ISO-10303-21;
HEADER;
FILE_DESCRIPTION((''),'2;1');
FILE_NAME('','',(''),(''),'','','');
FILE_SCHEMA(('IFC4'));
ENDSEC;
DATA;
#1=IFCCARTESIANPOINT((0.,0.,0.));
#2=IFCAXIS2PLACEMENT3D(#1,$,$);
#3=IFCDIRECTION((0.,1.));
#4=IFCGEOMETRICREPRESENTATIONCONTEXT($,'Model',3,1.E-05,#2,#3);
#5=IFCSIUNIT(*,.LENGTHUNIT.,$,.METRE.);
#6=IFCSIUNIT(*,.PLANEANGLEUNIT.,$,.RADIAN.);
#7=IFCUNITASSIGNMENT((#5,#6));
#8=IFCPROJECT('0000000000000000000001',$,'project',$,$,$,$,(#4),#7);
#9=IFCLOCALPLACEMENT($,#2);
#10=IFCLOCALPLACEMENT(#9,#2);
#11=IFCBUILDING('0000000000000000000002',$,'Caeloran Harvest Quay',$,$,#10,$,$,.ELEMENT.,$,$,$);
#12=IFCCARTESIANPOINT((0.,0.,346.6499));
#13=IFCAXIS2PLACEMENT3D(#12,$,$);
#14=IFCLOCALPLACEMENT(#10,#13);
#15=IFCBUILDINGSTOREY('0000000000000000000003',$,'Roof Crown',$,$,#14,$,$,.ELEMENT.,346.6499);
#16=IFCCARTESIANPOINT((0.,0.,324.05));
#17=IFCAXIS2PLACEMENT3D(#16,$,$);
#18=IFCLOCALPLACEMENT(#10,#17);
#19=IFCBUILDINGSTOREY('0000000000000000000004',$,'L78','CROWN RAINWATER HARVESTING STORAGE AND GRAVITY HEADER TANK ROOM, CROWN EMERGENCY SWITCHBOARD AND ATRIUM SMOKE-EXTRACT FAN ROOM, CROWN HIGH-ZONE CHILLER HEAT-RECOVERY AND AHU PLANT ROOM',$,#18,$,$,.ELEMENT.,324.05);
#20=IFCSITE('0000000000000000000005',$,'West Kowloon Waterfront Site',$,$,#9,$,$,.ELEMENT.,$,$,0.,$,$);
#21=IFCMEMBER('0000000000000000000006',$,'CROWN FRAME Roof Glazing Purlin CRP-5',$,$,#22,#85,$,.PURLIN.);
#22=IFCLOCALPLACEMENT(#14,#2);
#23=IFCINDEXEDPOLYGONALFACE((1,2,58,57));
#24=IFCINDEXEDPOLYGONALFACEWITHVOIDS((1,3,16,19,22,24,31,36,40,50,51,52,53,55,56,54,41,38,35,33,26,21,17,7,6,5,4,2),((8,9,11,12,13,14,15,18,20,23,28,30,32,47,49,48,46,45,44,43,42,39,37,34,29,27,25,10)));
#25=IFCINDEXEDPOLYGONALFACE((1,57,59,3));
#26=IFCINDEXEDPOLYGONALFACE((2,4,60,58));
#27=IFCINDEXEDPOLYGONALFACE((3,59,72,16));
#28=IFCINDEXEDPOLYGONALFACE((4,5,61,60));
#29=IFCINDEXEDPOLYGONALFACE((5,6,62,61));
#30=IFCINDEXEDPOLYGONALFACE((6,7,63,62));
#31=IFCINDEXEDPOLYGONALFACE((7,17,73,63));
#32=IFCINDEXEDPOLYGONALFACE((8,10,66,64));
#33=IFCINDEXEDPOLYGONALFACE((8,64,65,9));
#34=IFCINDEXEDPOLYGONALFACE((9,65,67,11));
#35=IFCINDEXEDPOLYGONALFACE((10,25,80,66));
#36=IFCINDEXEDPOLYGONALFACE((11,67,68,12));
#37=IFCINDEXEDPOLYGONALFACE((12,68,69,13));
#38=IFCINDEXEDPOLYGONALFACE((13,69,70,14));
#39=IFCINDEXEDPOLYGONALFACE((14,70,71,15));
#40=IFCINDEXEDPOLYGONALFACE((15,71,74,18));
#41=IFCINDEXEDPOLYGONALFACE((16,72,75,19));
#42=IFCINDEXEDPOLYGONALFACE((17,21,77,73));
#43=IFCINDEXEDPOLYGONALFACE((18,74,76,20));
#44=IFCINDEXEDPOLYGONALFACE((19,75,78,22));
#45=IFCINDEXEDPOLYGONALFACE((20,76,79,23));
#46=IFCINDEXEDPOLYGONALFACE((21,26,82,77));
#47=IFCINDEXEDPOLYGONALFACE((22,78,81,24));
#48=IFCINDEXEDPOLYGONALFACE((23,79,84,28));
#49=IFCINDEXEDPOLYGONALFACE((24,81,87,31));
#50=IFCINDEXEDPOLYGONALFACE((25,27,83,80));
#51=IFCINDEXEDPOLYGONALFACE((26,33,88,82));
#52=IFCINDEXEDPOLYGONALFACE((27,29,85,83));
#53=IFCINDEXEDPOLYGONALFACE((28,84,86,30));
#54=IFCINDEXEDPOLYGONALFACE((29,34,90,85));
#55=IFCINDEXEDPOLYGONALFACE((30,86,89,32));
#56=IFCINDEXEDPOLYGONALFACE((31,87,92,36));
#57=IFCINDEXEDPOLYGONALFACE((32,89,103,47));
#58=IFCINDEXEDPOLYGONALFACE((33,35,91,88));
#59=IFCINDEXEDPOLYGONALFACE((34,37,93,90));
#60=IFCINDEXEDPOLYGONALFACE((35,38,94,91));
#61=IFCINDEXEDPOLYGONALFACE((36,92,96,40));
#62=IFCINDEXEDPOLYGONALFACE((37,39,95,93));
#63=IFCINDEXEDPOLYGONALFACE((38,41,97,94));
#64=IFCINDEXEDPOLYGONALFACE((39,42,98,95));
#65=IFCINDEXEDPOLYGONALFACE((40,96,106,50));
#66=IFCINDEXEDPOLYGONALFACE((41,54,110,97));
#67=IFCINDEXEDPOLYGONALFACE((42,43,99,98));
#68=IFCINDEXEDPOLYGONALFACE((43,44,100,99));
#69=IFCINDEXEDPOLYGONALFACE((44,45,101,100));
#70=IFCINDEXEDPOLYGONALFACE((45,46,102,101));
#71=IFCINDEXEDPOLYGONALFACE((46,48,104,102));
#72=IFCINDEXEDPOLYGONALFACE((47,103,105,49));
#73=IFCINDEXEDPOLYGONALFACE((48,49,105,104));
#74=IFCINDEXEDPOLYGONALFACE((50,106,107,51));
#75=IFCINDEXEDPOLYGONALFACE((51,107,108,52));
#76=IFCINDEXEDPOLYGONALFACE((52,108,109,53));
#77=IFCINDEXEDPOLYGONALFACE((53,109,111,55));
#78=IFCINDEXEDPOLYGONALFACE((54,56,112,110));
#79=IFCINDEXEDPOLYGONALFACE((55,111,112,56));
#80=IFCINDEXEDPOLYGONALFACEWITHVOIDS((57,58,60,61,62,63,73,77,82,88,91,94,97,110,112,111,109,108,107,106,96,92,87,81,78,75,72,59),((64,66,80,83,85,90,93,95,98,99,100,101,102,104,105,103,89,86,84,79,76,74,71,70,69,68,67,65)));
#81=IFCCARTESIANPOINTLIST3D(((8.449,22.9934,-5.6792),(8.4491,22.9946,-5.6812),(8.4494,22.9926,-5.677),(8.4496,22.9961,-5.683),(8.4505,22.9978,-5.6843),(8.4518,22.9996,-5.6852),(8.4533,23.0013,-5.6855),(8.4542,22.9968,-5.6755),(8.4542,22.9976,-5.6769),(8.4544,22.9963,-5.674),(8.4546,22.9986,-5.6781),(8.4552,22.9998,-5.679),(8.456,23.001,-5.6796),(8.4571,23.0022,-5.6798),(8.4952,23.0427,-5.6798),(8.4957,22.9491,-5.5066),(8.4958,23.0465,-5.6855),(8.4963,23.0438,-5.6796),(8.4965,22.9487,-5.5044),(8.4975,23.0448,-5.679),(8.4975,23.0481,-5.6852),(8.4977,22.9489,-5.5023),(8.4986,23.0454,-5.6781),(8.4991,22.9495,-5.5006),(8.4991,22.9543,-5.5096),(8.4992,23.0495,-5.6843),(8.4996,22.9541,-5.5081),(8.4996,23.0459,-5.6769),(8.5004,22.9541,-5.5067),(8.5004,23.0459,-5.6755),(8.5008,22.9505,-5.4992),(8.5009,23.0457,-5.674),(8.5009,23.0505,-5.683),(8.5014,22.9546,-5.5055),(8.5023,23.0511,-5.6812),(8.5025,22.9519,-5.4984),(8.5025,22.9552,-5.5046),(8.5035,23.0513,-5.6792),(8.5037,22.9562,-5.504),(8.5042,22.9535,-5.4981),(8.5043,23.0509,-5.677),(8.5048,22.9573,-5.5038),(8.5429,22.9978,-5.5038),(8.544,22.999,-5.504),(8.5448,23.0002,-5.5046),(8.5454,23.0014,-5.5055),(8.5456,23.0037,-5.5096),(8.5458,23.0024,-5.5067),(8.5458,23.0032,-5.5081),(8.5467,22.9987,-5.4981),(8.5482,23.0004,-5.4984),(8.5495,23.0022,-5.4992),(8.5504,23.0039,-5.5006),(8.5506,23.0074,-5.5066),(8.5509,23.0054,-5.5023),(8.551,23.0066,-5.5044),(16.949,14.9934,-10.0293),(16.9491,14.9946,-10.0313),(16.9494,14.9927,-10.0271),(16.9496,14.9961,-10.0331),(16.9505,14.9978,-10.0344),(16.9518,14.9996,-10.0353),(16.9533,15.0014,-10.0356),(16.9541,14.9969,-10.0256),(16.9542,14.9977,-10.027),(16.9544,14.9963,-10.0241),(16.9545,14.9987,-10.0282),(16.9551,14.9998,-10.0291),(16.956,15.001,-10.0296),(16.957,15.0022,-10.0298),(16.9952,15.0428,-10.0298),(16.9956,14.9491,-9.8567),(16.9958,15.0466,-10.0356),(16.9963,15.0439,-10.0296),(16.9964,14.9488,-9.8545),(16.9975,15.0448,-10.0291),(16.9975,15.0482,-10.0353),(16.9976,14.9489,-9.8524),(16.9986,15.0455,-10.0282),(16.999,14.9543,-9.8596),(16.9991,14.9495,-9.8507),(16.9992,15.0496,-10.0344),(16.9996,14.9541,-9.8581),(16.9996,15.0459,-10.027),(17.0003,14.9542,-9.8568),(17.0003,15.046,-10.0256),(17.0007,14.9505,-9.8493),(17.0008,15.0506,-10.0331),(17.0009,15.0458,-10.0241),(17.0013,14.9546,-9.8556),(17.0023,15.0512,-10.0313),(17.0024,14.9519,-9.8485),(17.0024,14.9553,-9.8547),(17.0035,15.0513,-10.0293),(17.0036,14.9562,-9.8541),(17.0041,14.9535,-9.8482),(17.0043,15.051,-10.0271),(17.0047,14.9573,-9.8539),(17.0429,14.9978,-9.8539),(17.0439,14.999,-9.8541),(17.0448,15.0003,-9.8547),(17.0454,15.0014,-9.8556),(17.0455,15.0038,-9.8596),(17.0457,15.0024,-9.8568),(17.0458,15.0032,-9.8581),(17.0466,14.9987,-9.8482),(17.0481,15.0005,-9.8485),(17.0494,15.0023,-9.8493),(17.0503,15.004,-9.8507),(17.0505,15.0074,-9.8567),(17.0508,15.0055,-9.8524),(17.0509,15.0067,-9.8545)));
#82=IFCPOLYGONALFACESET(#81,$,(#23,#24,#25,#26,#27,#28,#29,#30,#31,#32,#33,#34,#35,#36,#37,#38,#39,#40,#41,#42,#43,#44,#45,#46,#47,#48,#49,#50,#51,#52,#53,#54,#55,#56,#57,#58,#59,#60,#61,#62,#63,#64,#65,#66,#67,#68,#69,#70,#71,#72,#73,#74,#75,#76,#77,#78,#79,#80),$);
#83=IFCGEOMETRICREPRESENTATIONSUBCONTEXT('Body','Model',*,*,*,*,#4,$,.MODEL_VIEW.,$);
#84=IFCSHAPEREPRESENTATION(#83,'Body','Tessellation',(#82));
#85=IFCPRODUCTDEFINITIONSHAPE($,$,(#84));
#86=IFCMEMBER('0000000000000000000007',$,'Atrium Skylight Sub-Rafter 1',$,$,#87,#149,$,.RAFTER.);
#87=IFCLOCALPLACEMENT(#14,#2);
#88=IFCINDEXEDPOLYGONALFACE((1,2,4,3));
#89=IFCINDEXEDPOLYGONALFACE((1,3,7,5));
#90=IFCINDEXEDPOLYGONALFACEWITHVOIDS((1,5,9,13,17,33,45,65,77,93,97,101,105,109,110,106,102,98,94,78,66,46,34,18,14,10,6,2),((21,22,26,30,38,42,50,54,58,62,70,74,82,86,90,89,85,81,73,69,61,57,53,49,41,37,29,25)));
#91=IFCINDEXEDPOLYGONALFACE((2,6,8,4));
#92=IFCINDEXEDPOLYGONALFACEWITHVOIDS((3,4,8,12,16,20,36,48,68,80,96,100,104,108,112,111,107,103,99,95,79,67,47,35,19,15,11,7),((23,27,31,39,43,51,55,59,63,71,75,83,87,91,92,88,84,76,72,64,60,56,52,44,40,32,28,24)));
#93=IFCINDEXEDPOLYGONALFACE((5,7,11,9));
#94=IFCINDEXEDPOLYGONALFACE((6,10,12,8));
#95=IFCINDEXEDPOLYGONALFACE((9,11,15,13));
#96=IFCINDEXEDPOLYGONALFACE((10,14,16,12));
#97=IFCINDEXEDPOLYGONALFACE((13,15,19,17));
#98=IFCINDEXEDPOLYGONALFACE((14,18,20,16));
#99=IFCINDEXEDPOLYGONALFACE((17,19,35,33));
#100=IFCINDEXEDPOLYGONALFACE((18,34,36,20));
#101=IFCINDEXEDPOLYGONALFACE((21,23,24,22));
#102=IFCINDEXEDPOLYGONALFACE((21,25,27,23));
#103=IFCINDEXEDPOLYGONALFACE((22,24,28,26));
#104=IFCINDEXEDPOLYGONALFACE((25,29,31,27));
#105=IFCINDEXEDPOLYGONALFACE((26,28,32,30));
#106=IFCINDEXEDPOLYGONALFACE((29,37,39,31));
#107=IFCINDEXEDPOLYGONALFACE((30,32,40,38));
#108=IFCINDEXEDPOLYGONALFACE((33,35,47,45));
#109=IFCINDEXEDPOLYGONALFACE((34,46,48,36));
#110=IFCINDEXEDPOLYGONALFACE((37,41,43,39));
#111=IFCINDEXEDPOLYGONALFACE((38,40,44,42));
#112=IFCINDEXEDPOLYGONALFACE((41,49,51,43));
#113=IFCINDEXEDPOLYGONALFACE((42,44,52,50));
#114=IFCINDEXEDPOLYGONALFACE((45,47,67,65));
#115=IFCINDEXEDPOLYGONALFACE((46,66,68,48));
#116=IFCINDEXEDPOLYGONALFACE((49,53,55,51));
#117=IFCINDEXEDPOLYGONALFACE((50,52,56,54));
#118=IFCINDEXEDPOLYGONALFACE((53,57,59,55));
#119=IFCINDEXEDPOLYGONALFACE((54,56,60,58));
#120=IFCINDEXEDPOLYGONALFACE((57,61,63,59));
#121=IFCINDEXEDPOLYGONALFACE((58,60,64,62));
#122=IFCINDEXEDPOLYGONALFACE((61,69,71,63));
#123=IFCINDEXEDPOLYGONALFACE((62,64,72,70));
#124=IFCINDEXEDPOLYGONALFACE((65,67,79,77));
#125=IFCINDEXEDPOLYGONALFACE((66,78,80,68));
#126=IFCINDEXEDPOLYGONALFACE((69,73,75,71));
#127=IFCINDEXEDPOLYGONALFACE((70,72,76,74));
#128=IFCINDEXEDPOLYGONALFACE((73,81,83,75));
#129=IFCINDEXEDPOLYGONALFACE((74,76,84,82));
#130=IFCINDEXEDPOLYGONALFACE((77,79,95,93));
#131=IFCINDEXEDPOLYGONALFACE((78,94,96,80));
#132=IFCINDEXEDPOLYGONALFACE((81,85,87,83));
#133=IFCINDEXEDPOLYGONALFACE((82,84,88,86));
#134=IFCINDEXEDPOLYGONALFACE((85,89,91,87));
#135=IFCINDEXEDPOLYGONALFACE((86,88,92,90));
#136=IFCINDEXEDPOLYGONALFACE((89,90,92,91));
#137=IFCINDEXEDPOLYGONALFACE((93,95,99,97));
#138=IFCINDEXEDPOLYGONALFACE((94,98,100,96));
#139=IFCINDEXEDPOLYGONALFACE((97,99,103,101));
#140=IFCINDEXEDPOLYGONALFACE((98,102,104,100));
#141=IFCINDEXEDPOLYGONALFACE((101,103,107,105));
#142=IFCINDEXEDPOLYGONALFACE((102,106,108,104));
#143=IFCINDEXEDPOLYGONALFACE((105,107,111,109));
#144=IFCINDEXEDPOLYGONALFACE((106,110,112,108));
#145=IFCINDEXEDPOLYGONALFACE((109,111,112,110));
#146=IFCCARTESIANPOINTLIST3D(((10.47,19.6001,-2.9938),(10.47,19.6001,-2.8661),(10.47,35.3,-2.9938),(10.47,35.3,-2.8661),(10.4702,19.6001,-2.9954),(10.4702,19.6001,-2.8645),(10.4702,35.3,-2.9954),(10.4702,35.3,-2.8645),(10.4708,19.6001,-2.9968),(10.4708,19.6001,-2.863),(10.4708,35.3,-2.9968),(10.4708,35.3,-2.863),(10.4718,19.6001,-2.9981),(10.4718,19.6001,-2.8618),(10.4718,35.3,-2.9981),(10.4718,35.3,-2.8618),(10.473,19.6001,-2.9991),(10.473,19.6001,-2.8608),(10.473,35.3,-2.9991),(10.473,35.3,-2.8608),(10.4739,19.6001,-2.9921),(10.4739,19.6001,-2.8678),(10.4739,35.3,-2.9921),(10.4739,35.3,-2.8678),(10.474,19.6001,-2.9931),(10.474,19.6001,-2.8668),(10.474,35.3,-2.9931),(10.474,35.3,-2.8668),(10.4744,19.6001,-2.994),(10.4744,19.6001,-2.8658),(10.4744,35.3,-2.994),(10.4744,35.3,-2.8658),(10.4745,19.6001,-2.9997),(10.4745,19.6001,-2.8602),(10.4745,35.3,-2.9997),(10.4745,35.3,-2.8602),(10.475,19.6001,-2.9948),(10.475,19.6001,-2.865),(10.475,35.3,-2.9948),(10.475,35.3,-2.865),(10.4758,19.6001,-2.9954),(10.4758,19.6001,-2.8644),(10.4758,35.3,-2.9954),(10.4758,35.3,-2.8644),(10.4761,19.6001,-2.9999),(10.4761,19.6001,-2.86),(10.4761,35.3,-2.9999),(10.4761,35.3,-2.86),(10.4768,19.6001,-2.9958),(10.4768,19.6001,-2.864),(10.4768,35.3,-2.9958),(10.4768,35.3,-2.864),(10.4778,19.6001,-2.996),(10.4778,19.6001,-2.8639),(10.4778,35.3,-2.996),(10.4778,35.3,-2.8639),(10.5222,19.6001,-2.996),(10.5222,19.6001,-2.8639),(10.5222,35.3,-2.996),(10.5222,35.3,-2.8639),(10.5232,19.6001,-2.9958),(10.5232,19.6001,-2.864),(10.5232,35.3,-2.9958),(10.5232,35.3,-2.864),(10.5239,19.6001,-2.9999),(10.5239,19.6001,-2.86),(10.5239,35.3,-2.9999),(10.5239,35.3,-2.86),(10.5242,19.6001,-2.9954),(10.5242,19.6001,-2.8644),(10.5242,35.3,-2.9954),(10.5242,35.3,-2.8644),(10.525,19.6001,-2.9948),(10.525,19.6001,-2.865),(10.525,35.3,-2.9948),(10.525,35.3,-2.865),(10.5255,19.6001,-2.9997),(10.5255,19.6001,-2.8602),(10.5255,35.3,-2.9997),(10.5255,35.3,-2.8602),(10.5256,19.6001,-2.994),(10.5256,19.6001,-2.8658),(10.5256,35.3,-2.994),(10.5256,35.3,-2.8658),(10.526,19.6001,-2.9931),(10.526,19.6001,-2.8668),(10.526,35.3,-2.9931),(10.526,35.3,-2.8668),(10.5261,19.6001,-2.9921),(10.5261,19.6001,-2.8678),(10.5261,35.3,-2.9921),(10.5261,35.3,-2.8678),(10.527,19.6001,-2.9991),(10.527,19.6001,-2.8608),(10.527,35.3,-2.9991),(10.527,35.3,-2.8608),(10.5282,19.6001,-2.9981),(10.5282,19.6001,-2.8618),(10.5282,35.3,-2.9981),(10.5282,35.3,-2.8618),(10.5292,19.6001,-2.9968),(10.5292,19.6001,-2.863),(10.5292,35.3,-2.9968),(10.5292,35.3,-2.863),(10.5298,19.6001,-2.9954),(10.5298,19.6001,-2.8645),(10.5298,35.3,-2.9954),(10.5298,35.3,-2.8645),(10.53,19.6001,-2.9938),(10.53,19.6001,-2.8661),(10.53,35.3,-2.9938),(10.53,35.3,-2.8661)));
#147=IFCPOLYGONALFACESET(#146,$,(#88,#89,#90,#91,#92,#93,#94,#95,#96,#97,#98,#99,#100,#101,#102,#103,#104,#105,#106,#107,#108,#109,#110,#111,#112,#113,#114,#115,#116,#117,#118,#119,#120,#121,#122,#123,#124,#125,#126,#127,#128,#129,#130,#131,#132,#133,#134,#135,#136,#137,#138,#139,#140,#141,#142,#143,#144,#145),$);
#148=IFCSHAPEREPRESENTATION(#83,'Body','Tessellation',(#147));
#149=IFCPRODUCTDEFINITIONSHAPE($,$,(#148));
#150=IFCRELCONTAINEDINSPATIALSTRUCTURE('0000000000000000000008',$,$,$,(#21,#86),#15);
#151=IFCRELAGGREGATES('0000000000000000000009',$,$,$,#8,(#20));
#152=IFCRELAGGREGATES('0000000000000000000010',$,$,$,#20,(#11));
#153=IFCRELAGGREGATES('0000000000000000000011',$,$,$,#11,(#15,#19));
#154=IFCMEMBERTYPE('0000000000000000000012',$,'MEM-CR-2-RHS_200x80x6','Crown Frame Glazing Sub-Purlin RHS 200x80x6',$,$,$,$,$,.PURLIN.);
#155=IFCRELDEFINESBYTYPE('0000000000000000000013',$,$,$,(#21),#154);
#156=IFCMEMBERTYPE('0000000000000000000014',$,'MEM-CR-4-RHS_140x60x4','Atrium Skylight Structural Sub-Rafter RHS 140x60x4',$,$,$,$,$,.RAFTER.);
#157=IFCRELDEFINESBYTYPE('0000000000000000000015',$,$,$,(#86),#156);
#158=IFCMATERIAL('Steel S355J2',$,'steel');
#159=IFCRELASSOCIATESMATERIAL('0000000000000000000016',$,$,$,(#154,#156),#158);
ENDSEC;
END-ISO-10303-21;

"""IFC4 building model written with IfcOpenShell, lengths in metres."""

from ifc_helpers import new_model, si_unit, direction, frame, origin, origin_2d, place, context, subcontext, project, spatial, hollow_rectangle, extrude, material, material_profile, profile_set, type_object, element, save


model = new_model("IFC4")

# Units and contexts
model_context = context("Model", 3, precision=1e-05, world=origin(), true_north=direction((0.0, 1.0)))
body_context = subcontext(model_context, "Body", "Model", "MODEL_VIEW")
ifc_project = project(units=[si_unit("LENGTHUNIT", "METRE"), si_unit("PLANEANGLEUNIT", "RADIAN")], contexts=[model_context])

# Site, building, storey
site_placement = place(None, origin())
site = spatial("IfcSite", under=ifc_project, at=site_placement, Name="West Kowloon Waterfront Site", CompositionType="ELEMENT", RefElevation=0.0)
building_placement = place(site_placement, origin())
building = spatial("IfcBuilding", under=site, at=building_placement, Name="Caeloran Harvest Quay", CompositionType="ELEMENT")
storey_1_placement = place(building_placement, frame((0.0, 0.0, 346.6499)))
storey_1 = spatial("IfcBuildingStorey", under=building, at=storey_1_placement, Name="Roof Crown", CompositionType="ELEMENT", Elevation=346.6499)

# Members
ifc_material_1 = material(Name="Steel S355J2", Category="steel")
ifc_material_profile_1 = material_profile(ifc_material_1, hollow_rectangle(XDim=0.0801, YDim=0.2, WallThickness=0.0061, InnerFilletRadius=0.0061, OuterFilletRadius=0.009, at=origin_2d()), Name="RHS 200x80x6")
ifc_profile_set_1 = profile_set([ifc_material_profile_1], Name="Steel S355J2")
member_type_1 = type_object("IfcMemberType", Name="MEM-CR-2-RHS_200x80x6", Description="Crown Frame Glazing Sub-Purlin RHS 200x80x6", PredefinedType="PURLIN", material=ifc_profile_set_1)
member_1_placement = place(storey_1_placement, frame((8.5, 23.0, -5.5918), z_axis=(0.682355, -0.642216, -0.349213), x_axis=(0.685365, 0.7282, 0.0)))
element("IfcMember", 1, at=member_1_placement, inside=storey_1, type_object=member_type_1, Name="CROWN FRAME Roof Glazing Purlin CRP-5", PredefinedType="PURLIN", context=body_context, shape_type="SweptSolid", body=[
    extrude(hollow_rectangle(XDim=0.0801, YDim=0.2, WallThickness=0.0061, InnerFilletRadius=0.0061, OuterFilletRadius=0.009, at=origin_2d()), origin(), (0.0, 0.0, 1.0), 12.4568),
])
ifc_material_profile_2 = material_profile(ifc_material_1, hollow_rectangle(XDim=0.0601, YDim=0.1399, WallThickness=0.0039, InnerFilletRadius=0.0039, OuterFilletRadius=0.0061, at=origin_2d()), Name="RHS 140x60x4")
ifc_profile_set_2 = profile_set([ifc_material_profile_2], Name="Steel S355J2")
member_type_2 = type_object("IfcMemberType", Name="MEM-CR-4-RHS_140x60x4", Description="Atrium Skylight Structural Sub-Rafter RHS 140x60x4", PredefinedType="RAFTER", material=ifc_profile_set_2)
for number, where, z_axis, x_axis, name in (
    (2, (10.5, 19.6001, -2.9299), (0.0, 1.0, 0.0), (-1.0, 0.0, 0.0), "Atrium Skylight Sub-Rafter 1"),
):
    element("IfcMember", number, at=place(storey_1_placement, frame(where, z_axis=z_axis, x_axis=x_axis)), inside=storey_1, type_object=member_type_2, Name=name, PredefinedType="RAFTER", context=body_context, shape_type="SweptSolid", body=[
        extrude(hollow_rectangle(XDim=0.0601, YDim=0.1399, WallThickness=0.0039, InnerFilletRadius=0.0039, OuterFilletRadius=0.0061, at=origin_2d()), origin(), (0.0, 0.0, 1.0), 15.7),
    ])

# Shared definitions
storey_2_placement = place(building_placement, frame((0.0, 0.0, 324.05)))
storey_2 = spatial("IfcBuildingStorey", under=building, at=storey_2_placement, Name="L78", Description="CROWN RAINWATER HARVESTING STORAGE AND GRAVITY HEADER TANK ROOM, CROWN EMERGENCY SWITCHBOARD AND ATRIUM SMOKE-EXTRACT FAN ROOM, CROWN HIGH-ZONE CHILLER HEAT-RECOVERY AND AHU PLANT ROOM", CompositionType="ELEMENT", Elevation=324.05)

save(model, "model.ifc")
